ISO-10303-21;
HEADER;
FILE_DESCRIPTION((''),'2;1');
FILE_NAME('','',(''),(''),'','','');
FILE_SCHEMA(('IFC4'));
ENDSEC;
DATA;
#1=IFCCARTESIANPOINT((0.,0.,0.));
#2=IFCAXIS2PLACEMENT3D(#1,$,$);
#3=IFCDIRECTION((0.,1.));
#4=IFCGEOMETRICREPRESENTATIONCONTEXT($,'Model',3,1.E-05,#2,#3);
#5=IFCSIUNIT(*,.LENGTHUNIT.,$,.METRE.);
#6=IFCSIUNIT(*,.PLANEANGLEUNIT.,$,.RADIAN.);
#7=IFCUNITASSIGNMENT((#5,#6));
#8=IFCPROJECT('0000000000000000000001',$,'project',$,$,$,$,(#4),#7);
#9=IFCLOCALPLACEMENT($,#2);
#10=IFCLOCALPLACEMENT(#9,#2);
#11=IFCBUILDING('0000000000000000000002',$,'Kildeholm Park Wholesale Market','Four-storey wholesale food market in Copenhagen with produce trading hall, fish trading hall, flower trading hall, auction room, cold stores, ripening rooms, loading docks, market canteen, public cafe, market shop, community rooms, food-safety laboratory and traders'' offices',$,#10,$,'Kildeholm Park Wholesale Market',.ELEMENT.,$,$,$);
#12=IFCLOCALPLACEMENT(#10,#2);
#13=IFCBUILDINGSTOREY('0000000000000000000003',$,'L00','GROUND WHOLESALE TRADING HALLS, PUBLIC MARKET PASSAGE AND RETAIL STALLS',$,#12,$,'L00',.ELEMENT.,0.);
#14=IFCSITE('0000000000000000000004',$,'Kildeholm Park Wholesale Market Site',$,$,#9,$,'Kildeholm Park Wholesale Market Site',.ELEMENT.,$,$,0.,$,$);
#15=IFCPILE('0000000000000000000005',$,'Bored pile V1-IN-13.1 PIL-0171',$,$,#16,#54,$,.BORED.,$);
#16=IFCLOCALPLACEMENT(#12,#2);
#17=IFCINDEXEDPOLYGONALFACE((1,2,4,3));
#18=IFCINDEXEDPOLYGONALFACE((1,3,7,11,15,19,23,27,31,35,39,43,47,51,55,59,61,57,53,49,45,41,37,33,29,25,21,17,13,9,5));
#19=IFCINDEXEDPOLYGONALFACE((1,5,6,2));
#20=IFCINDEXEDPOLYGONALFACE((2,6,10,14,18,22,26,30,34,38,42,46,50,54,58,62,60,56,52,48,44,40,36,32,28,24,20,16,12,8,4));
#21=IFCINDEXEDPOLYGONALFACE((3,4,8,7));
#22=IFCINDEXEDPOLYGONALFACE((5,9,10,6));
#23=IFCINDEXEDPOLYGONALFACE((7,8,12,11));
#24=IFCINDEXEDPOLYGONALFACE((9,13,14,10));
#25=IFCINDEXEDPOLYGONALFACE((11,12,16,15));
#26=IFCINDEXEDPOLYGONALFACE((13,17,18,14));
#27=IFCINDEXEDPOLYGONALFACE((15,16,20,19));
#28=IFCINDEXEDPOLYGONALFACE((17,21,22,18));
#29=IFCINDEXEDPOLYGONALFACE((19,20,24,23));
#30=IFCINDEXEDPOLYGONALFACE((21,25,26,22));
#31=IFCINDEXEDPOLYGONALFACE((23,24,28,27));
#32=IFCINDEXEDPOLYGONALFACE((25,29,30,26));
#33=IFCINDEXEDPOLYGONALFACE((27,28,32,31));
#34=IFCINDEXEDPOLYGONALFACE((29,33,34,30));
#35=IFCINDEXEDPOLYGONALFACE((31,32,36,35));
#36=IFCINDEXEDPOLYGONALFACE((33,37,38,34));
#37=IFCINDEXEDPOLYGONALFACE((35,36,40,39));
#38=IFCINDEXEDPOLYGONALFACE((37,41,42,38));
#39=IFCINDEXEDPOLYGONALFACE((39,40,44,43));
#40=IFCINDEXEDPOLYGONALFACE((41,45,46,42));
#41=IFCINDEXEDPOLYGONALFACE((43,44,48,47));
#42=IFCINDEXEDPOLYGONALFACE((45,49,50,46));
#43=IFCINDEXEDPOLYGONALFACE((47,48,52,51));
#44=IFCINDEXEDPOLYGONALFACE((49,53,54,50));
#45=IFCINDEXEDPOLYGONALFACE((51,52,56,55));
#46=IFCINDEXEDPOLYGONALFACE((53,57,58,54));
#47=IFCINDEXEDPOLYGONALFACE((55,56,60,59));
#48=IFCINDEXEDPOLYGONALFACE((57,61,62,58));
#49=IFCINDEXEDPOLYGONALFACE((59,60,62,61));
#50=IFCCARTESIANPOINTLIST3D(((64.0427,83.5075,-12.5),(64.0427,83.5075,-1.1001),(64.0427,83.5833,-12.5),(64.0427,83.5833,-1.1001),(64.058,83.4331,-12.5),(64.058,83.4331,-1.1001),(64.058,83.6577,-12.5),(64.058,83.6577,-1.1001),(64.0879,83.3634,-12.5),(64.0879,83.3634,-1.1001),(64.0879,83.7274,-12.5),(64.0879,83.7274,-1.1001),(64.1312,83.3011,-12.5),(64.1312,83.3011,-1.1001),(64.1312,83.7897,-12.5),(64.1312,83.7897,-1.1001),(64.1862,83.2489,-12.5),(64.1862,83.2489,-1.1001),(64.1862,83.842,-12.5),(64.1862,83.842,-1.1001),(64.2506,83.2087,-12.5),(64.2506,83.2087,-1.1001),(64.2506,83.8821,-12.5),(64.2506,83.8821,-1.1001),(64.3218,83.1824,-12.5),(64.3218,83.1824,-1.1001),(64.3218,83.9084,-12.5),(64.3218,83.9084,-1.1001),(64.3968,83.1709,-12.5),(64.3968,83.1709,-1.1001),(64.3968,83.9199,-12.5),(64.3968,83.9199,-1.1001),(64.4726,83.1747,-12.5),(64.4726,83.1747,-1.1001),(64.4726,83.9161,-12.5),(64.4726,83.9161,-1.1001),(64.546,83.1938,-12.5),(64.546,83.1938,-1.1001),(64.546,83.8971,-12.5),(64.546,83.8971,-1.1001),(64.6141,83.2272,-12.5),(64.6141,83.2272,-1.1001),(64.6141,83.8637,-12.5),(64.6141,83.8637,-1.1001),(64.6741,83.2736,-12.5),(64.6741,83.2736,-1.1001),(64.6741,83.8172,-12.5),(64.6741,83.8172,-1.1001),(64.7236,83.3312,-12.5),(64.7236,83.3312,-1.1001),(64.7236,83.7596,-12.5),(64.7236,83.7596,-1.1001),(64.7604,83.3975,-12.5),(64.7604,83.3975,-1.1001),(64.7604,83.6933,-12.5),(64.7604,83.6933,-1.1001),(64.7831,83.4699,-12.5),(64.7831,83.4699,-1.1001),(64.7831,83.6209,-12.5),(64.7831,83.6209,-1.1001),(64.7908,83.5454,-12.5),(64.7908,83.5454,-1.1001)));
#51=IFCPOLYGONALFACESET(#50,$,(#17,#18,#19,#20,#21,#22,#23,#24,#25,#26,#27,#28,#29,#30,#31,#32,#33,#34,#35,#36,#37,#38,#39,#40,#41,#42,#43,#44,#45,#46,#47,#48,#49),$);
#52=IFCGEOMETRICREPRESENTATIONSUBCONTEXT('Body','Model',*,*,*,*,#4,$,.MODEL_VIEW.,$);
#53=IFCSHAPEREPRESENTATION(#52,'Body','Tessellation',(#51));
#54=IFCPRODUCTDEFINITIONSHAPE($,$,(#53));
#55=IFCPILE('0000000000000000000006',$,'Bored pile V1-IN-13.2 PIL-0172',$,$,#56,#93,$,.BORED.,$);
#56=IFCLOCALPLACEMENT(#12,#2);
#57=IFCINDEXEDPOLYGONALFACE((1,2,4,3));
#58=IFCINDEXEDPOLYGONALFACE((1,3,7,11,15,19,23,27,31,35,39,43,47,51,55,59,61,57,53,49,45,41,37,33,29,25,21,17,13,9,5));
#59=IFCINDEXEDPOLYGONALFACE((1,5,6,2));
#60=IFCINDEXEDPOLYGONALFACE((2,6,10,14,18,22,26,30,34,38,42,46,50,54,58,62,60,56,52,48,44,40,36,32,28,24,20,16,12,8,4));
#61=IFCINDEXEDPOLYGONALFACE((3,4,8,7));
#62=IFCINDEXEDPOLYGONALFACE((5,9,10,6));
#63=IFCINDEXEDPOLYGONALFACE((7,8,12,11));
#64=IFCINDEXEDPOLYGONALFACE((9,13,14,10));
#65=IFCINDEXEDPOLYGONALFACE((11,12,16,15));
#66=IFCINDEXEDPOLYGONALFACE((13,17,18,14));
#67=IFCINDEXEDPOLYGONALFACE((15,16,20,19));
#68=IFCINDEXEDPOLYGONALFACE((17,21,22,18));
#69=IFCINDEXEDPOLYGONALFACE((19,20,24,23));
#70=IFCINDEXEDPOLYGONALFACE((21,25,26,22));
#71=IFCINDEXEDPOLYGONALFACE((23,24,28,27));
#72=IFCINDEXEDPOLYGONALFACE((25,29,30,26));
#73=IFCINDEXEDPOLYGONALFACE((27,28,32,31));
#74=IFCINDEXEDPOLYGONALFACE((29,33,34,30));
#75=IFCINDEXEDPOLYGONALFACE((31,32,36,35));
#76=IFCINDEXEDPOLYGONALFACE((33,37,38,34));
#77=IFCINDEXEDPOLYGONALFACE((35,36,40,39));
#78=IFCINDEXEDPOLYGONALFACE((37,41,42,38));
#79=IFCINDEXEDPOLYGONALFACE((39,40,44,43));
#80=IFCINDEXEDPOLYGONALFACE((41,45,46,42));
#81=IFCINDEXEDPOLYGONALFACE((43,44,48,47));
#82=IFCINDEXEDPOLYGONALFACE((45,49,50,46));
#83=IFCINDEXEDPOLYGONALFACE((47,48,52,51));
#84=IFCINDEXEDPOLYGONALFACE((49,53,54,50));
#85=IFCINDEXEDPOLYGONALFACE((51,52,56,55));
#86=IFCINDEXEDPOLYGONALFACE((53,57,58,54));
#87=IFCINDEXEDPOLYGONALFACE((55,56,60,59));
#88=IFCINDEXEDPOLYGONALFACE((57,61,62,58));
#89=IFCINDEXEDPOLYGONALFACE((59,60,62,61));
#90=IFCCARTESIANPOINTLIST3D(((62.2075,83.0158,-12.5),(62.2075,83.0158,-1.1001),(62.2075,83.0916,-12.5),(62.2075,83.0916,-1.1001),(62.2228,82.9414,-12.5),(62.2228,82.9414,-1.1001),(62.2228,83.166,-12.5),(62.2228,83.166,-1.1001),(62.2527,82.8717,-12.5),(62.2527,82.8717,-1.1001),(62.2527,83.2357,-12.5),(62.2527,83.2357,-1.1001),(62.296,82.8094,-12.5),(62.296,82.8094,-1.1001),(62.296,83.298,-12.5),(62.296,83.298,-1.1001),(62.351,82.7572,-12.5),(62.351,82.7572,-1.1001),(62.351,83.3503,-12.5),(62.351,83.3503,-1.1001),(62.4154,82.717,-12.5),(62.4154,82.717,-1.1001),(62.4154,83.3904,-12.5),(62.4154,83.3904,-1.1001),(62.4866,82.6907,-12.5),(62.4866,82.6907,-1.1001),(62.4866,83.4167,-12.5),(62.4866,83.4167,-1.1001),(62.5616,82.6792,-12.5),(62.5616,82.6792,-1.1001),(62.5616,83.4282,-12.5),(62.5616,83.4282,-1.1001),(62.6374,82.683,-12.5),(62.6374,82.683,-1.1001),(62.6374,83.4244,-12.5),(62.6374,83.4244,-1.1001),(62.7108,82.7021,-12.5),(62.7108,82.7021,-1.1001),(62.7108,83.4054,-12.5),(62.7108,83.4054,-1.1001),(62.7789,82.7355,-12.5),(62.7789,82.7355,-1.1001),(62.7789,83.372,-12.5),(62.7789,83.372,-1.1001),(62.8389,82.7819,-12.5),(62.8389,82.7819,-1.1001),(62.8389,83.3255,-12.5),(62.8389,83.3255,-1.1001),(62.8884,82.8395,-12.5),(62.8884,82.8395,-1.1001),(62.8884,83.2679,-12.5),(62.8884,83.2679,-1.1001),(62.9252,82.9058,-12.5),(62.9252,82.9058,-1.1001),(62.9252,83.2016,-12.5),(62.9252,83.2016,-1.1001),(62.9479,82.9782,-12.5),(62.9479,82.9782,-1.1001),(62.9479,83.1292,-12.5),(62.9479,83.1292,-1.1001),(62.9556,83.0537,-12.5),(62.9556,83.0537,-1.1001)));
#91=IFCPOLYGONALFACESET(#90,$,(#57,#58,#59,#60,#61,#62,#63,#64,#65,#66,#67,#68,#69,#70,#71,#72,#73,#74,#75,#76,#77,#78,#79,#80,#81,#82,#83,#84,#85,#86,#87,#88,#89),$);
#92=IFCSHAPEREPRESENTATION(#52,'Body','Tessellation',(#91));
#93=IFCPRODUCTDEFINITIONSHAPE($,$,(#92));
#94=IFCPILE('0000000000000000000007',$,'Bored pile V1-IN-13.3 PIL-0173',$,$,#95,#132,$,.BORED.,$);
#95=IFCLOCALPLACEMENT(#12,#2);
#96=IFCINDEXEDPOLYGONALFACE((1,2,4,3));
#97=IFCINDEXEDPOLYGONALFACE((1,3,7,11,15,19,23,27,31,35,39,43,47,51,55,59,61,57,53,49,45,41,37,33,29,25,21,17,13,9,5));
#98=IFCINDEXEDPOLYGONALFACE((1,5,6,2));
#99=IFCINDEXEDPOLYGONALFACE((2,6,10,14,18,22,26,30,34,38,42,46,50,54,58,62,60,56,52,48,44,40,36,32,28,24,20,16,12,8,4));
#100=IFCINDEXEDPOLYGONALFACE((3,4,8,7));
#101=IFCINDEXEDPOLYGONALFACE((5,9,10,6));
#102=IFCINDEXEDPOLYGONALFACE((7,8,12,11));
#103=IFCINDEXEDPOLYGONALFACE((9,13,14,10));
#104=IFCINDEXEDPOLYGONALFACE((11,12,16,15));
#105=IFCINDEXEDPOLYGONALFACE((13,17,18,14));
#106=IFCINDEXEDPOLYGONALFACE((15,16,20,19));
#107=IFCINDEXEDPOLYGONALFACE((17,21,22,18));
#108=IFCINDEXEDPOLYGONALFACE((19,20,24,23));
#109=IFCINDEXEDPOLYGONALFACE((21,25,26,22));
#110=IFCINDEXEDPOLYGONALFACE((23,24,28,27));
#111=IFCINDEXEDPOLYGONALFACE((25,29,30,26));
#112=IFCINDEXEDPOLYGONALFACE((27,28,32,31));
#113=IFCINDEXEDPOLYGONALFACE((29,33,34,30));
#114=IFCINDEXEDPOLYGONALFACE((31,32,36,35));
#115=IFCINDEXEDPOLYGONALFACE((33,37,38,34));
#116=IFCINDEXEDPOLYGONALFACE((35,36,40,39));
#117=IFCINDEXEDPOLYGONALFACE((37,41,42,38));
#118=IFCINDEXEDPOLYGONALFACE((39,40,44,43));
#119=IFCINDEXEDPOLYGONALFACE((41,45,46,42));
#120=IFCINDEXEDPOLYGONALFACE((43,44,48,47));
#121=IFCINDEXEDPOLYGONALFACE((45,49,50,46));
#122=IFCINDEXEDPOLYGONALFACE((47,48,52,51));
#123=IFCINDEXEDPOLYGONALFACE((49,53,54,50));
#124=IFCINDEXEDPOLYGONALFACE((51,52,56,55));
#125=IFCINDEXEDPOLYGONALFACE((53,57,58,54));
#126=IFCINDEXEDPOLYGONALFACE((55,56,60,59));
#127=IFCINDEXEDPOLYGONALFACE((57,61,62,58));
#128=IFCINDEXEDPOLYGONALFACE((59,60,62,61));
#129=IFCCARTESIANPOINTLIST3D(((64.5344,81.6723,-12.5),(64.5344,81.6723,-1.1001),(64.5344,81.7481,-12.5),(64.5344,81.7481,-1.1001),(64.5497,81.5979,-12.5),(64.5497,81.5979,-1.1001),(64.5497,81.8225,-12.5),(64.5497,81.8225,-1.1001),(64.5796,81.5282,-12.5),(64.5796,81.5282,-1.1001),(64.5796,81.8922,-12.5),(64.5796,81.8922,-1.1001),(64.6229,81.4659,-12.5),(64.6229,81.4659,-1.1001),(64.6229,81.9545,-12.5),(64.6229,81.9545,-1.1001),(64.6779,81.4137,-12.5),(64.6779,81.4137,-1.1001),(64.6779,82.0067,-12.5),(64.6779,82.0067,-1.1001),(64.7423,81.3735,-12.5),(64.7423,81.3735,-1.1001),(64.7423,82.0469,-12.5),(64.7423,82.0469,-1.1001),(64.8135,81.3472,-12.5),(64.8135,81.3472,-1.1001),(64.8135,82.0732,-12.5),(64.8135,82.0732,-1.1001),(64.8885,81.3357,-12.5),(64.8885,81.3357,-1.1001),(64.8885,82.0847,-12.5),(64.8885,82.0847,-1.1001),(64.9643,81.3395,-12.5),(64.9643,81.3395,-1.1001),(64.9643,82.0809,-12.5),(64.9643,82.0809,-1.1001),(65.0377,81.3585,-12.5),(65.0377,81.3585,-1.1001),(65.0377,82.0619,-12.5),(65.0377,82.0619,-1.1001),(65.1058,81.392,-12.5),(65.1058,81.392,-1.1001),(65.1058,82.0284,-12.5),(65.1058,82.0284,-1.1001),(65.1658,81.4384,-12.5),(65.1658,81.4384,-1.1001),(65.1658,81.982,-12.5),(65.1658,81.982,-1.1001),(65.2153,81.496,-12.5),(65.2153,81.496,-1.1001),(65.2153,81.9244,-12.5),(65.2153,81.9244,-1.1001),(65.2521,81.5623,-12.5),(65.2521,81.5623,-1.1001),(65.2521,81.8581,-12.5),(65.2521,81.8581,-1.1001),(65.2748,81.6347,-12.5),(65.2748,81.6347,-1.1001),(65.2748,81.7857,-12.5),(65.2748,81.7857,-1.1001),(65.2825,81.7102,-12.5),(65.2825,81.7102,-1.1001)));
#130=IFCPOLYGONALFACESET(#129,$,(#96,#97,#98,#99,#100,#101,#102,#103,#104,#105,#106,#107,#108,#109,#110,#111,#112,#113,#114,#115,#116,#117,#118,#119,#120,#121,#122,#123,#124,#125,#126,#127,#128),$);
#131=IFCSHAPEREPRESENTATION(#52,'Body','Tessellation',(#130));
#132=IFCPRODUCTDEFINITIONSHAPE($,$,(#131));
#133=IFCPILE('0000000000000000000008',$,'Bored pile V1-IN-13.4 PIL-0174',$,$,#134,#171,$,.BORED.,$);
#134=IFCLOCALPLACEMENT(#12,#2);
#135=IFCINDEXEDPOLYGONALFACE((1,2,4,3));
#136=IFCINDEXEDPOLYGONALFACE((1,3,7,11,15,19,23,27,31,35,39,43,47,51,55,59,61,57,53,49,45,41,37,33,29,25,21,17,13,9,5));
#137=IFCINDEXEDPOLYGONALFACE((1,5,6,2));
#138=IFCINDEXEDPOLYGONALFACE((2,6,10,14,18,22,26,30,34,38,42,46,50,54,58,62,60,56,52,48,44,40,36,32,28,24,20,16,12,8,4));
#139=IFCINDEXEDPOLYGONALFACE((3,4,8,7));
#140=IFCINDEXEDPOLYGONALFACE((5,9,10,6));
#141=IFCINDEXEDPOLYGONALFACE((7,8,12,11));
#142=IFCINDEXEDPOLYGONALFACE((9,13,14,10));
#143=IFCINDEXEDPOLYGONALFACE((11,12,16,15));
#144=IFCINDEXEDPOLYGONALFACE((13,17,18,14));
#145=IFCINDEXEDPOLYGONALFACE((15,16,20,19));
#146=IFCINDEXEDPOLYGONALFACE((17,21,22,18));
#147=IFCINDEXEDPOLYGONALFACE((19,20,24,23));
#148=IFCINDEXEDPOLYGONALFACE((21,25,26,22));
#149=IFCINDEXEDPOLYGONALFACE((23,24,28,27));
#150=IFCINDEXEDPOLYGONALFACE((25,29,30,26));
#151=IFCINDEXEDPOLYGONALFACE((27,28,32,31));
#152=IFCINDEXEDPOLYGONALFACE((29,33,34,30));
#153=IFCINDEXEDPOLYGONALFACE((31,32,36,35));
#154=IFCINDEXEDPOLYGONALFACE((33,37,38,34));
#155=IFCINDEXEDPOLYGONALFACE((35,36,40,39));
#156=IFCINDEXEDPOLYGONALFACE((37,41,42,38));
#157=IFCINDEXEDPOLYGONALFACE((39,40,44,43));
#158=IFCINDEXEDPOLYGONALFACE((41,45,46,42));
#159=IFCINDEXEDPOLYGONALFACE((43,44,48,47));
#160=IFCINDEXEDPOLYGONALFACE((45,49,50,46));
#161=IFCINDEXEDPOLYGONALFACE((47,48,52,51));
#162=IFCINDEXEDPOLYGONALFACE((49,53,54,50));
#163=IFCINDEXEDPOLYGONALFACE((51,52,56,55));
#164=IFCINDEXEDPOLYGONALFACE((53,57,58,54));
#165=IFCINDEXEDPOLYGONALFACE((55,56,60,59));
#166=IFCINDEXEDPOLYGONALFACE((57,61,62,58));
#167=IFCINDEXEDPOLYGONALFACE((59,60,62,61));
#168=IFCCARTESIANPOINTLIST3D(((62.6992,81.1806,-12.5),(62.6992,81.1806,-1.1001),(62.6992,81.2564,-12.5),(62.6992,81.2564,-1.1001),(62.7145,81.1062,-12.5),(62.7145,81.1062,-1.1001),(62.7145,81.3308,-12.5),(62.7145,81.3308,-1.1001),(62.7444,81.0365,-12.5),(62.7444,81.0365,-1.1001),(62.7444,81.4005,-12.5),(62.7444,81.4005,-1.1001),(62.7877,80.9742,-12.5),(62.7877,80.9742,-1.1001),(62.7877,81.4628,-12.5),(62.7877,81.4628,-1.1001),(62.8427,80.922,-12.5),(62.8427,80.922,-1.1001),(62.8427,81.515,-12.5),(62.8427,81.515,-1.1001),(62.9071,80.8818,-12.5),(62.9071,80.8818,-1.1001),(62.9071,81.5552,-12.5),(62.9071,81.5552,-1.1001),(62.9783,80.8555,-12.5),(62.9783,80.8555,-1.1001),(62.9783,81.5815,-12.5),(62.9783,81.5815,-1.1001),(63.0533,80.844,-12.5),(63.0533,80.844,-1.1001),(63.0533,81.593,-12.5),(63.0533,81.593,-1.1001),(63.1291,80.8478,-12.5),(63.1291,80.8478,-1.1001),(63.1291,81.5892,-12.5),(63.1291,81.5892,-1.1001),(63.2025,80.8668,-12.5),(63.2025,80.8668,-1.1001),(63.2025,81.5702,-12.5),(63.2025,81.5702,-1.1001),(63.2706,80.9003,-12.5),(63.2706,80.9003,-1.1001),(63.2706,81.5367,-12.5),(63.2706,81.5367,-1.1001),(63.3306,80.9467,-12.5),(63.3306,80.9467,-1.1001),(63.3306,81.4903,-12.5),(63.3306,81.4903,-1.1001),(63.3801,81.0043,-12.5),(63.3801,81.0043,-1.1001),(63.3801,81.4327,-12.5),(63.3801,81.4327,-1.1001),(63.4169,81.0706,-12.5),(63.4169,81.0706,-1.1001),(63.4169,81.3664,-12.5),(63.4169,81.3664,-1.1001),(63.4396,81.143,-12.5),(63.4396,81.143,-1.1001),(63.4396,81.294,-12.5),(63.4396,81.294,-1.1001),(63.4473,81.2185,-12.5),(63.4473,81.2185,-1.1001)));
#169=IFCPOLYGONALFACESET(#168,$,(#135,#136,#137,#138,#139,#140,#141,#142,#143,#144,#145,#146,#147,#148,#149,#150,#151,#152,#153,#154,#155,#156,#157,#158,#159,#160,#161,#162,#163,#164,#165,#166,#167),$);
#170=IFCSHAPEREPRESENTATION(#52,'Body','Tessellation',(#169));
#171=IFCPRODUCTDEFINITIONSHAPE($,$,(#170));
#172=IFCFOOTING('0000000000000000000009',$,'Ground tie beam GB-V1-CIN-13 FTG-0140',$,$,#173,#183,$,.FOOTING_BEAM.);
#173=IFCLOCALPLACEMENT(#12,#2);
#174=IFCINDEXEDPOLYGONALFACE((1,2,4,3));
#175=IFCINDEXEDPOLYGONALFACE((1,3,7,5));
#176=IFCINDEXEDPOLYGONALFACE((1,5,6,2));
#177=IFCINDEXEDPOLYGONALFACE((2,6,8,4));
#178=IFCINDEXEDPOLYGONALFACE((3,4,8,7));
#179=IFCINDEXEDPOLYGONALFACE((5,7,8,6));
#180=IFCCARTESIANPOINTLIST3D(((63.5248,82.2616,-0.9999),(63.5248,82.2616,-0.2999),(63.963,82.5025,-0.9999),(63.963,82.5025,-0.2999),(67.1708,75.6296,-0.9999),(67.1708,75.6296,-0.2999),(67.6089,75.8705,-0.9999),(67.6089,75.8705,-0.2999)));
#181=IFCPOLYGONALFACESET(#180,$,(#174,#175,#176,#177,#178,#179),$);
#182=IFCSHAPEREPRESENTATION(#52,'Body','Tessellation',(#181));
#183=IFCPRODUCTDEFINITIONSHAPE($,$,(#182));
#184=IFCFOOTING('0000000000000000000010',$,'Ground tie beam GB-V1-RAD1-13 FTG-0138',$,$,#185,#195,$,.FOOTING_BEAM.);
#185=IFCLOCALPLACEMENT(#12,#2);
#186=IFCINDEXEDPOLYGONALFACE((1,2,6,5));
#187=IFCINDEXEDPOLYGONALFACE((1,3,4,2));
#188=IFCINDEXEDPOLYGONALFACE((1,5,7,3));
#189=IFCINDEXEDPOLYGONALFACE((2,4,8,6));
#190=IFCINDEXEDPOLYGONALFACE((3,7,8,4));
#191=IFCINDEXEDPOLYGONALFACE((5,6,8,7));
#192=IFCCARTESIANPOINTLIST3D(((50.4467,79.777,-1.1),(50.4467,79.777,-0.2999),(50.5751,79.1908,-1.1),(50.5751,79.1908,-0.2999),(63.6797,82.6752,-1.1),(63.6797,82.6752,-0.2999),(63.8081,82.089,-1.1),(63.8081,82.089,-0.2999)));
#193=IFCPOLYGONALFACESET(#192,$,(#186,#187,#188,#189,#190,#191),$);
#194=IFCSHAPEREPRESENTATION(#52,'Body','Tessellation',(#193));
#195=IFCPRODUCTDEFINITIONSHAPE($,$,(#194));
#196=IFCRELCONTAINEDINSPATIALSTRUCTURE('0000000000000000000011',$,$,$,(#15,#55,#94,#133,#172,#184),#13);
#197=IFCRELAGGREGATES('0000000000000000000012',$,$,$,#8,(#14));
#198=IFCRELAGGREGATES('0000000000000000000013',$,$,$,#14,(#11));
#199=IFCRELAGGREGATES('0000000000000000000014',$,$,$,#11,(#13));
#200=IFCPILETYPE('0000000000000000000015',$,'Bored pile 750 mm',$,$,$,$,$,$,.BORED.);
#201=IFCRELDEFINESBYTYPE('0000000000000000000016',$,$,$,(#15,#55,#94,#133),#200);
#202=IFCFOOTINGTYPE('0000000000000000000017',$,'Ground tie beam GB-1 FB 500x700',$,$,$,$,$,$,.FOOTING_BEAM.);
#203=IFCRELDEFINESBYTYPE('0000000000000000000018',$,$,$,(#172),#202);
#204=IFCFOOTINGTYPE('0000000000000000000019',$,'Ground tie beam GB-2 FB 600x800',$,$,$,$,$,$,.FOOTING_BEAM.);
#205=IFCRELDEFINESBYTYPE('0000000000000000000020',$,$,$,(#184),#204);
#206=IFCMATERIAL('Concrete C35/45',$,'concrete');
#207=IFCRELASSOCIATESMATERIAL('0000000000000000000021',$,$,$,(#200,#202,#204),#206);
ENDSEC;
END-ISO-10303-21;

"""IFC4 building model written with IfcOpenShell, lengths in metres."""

from ifc_helpers import new_model, si_unit, direction, frame, origin, origin_2d, place, context, subcontext, project, spatial, rectangle, circle, extrude, material, material_profile, profile_set, type_object, element, save


model = new_model("IFC4")

# Units and contexts
model_context = context("Model", 3, precision=1e-05, world=origin(), true_north=direction((0.0, 1.0)))
body_context = subcontext(model_context, "Body", "Model", "MODEL_VIEW")
ifc_project = project(units=[si_unit("LENGTHUNIT", "METRE"), si_unit("PLANEANGLEUNIT", "RADIAN")], contexts=[model_context])

# Site, building, storey
site_placement = place(None, origin())
site = spatial("IfcSite", under=ifc_project, at=site_placement, Name="Kildeholm Park Wholesale Market Site", LongName="Kildeholm Park Wholesale Market Site", CompositionType="ELEMENT", RefElevation=0.0)
building_placement = place(site_placement, origin())
building = spatial("IfcBuilding", under=site, at=building_placement, Name="Kildeholm Park Wholesale Market", Description="Four-storey wholesale food market in Copenhagen with produce trading hall, fish trading hall, flower trading hall, auction room, cold stores, ripening rooms, loading docks, market canteen, public cafe, market shop, community rooms, food-safety laboratory and traders' offices", LongName="Kildeholm Park Wholesale Market", CompositionType="ELEMENT")
storey_placement = place(building_placement, origin())
storey = spatial("IfcBuildingStorey", under=building, at=storey_placement, Name="L00", Description="GROUND WHOLESALE TRADING HALLS, PUBLIC MARKET PASSAGE AND RETAIL STALLS", LongName="L00", CompositionType="ELEMENT", Elevation=0.0)

# Piles
ifc_material_1 = material(Name="Concrete C35/45", Category="concrete")
ifc_material_profile_1 = material_profile(ifc_material_1, circle(Radius=0.375, at=origin_2d()), Name="PILE D750")
ifc_profile_set_1 = profile_set([ifc_material_profile_1], Name="Concrete C35/45")
pile_type = type_object("IfcPileType", Name="Bored pile 750 mm", PredefinedType="BORED", material=ifc_profile_set_1)
for number, where, z_axis, x_axis, name in (
    (1, (64.4158, 83.5454, -1.1001), (0.0, 0.0, -1.0), (1.0, 0.0, 0.0), "Bored pile V1-IN-13.1 PIL-0171"),
    (2, (62.5806, 83.0537, -1.1001), (0.0, 0.0, -1.0), (1.0, 0.0, 0.0), "Bored pile V1-IN-13.2 PIL-0172"),
    (3, (64.9075, 81.7102, -1.1001), (0.0, 0.0, -1.0), (1.0, 0.0, 0.0), "Bored pile V1-IN-13.3 PIL-0173"),
    (4, (63.0723, 81.2185, -1.1001), (0.0, 0.0, -1.0), (1.0, 0.0, 0.0), "Bored pile V1-IN-13.4 PIL-0174"),
):
    element("IfcPile", number, at=place(storey_placement, frame(where, z_axis=z_axis, x_axis=x_axis)), inside=storey, type_object=pile_type, Name=name, PredefinedType="BORED", context=body_context, shape_type="SweptSolid", body=[
        extrude(circle(Radius=0.375, at=origin_2d()), origin(), (0.0, 0.0, 1.0), 11.3999),
    ])

# Footings
ifc_material_profile_2 = material_profile(ifc_material_1, rectangle(XDim=0.5, YDim=0.7, at=origin_2d()), Name="FB 500x700")
ifc_profile_set_2 = profile_set([ifc_material_profile_2], Name="Concrete C35/45")
footing_type_1 = type_object("IfcFootingType", Name="Ground tie beam GB-1 FB 500x700", PredefinedType="FOOTING_BEAM", material=ifc_profile_set_2)
footing_1_placement = place(storey_placement, frame((63.7439, 82.3821, -0.6499), z_axis=(0.481752, -0.876308, 0.0), x_axis=(0.876308, 0.481752, 0.0)))
element("IfcFooting", 5, at=footing_1_placement, inside=storey, type_object=footing_type_1, Name="Ground tie beam GB-V1-CIN-13 FTG-0140", PredefinedType="FOOTING_BEAM", context=body_context, shape_type="SweptSolid", body=[
    extrude(rectangle(XDim=0.5, YDim=0.7, at=origin_2d()), origin(), (0.0, 0.0, 1.0), 7.5681),
])
ifc_material_profile_3 = material_profile(ifc_material_1, rectangle(XDim=0.6001, YDim=0.8, at=origin_2d()), Name="FB 600x800")
ifc_profile_set_3 = profile_set([ifc_material_profile_3], Name="Concrete C35/45")
footing_type_2 = type_object("IfcFootingType", Name="Ground tie beam GB-2 FB 600x800", PredefinedType="FOOTING_BEAM", material=ifc_profile_set_3)
footing_2_placement = place(storey_placement, frame((63.7439, 82.3821, -0.7), z_axis=(-0.976846, -0.213943, 0.0), x_axis=(0.213943, -0.976846, 0.0)))
element("IfcFooting", 6, at=footing_2_placement, inside=storey, type_object=footing_type_2, Name="Ground tie beam GB-V1-RAD1-13 FTG-0138", PredefinedType="FOOTING_BEAM", context=body_context, shape_type="SweptSolid", body=[
    extrude(rectangle(XDim=0.6001, YDim=0.8, at=origin_2d()), origin(), (0.0, 0.0, 1.0), 13.5466),
])

save(model, "model.ifc")
